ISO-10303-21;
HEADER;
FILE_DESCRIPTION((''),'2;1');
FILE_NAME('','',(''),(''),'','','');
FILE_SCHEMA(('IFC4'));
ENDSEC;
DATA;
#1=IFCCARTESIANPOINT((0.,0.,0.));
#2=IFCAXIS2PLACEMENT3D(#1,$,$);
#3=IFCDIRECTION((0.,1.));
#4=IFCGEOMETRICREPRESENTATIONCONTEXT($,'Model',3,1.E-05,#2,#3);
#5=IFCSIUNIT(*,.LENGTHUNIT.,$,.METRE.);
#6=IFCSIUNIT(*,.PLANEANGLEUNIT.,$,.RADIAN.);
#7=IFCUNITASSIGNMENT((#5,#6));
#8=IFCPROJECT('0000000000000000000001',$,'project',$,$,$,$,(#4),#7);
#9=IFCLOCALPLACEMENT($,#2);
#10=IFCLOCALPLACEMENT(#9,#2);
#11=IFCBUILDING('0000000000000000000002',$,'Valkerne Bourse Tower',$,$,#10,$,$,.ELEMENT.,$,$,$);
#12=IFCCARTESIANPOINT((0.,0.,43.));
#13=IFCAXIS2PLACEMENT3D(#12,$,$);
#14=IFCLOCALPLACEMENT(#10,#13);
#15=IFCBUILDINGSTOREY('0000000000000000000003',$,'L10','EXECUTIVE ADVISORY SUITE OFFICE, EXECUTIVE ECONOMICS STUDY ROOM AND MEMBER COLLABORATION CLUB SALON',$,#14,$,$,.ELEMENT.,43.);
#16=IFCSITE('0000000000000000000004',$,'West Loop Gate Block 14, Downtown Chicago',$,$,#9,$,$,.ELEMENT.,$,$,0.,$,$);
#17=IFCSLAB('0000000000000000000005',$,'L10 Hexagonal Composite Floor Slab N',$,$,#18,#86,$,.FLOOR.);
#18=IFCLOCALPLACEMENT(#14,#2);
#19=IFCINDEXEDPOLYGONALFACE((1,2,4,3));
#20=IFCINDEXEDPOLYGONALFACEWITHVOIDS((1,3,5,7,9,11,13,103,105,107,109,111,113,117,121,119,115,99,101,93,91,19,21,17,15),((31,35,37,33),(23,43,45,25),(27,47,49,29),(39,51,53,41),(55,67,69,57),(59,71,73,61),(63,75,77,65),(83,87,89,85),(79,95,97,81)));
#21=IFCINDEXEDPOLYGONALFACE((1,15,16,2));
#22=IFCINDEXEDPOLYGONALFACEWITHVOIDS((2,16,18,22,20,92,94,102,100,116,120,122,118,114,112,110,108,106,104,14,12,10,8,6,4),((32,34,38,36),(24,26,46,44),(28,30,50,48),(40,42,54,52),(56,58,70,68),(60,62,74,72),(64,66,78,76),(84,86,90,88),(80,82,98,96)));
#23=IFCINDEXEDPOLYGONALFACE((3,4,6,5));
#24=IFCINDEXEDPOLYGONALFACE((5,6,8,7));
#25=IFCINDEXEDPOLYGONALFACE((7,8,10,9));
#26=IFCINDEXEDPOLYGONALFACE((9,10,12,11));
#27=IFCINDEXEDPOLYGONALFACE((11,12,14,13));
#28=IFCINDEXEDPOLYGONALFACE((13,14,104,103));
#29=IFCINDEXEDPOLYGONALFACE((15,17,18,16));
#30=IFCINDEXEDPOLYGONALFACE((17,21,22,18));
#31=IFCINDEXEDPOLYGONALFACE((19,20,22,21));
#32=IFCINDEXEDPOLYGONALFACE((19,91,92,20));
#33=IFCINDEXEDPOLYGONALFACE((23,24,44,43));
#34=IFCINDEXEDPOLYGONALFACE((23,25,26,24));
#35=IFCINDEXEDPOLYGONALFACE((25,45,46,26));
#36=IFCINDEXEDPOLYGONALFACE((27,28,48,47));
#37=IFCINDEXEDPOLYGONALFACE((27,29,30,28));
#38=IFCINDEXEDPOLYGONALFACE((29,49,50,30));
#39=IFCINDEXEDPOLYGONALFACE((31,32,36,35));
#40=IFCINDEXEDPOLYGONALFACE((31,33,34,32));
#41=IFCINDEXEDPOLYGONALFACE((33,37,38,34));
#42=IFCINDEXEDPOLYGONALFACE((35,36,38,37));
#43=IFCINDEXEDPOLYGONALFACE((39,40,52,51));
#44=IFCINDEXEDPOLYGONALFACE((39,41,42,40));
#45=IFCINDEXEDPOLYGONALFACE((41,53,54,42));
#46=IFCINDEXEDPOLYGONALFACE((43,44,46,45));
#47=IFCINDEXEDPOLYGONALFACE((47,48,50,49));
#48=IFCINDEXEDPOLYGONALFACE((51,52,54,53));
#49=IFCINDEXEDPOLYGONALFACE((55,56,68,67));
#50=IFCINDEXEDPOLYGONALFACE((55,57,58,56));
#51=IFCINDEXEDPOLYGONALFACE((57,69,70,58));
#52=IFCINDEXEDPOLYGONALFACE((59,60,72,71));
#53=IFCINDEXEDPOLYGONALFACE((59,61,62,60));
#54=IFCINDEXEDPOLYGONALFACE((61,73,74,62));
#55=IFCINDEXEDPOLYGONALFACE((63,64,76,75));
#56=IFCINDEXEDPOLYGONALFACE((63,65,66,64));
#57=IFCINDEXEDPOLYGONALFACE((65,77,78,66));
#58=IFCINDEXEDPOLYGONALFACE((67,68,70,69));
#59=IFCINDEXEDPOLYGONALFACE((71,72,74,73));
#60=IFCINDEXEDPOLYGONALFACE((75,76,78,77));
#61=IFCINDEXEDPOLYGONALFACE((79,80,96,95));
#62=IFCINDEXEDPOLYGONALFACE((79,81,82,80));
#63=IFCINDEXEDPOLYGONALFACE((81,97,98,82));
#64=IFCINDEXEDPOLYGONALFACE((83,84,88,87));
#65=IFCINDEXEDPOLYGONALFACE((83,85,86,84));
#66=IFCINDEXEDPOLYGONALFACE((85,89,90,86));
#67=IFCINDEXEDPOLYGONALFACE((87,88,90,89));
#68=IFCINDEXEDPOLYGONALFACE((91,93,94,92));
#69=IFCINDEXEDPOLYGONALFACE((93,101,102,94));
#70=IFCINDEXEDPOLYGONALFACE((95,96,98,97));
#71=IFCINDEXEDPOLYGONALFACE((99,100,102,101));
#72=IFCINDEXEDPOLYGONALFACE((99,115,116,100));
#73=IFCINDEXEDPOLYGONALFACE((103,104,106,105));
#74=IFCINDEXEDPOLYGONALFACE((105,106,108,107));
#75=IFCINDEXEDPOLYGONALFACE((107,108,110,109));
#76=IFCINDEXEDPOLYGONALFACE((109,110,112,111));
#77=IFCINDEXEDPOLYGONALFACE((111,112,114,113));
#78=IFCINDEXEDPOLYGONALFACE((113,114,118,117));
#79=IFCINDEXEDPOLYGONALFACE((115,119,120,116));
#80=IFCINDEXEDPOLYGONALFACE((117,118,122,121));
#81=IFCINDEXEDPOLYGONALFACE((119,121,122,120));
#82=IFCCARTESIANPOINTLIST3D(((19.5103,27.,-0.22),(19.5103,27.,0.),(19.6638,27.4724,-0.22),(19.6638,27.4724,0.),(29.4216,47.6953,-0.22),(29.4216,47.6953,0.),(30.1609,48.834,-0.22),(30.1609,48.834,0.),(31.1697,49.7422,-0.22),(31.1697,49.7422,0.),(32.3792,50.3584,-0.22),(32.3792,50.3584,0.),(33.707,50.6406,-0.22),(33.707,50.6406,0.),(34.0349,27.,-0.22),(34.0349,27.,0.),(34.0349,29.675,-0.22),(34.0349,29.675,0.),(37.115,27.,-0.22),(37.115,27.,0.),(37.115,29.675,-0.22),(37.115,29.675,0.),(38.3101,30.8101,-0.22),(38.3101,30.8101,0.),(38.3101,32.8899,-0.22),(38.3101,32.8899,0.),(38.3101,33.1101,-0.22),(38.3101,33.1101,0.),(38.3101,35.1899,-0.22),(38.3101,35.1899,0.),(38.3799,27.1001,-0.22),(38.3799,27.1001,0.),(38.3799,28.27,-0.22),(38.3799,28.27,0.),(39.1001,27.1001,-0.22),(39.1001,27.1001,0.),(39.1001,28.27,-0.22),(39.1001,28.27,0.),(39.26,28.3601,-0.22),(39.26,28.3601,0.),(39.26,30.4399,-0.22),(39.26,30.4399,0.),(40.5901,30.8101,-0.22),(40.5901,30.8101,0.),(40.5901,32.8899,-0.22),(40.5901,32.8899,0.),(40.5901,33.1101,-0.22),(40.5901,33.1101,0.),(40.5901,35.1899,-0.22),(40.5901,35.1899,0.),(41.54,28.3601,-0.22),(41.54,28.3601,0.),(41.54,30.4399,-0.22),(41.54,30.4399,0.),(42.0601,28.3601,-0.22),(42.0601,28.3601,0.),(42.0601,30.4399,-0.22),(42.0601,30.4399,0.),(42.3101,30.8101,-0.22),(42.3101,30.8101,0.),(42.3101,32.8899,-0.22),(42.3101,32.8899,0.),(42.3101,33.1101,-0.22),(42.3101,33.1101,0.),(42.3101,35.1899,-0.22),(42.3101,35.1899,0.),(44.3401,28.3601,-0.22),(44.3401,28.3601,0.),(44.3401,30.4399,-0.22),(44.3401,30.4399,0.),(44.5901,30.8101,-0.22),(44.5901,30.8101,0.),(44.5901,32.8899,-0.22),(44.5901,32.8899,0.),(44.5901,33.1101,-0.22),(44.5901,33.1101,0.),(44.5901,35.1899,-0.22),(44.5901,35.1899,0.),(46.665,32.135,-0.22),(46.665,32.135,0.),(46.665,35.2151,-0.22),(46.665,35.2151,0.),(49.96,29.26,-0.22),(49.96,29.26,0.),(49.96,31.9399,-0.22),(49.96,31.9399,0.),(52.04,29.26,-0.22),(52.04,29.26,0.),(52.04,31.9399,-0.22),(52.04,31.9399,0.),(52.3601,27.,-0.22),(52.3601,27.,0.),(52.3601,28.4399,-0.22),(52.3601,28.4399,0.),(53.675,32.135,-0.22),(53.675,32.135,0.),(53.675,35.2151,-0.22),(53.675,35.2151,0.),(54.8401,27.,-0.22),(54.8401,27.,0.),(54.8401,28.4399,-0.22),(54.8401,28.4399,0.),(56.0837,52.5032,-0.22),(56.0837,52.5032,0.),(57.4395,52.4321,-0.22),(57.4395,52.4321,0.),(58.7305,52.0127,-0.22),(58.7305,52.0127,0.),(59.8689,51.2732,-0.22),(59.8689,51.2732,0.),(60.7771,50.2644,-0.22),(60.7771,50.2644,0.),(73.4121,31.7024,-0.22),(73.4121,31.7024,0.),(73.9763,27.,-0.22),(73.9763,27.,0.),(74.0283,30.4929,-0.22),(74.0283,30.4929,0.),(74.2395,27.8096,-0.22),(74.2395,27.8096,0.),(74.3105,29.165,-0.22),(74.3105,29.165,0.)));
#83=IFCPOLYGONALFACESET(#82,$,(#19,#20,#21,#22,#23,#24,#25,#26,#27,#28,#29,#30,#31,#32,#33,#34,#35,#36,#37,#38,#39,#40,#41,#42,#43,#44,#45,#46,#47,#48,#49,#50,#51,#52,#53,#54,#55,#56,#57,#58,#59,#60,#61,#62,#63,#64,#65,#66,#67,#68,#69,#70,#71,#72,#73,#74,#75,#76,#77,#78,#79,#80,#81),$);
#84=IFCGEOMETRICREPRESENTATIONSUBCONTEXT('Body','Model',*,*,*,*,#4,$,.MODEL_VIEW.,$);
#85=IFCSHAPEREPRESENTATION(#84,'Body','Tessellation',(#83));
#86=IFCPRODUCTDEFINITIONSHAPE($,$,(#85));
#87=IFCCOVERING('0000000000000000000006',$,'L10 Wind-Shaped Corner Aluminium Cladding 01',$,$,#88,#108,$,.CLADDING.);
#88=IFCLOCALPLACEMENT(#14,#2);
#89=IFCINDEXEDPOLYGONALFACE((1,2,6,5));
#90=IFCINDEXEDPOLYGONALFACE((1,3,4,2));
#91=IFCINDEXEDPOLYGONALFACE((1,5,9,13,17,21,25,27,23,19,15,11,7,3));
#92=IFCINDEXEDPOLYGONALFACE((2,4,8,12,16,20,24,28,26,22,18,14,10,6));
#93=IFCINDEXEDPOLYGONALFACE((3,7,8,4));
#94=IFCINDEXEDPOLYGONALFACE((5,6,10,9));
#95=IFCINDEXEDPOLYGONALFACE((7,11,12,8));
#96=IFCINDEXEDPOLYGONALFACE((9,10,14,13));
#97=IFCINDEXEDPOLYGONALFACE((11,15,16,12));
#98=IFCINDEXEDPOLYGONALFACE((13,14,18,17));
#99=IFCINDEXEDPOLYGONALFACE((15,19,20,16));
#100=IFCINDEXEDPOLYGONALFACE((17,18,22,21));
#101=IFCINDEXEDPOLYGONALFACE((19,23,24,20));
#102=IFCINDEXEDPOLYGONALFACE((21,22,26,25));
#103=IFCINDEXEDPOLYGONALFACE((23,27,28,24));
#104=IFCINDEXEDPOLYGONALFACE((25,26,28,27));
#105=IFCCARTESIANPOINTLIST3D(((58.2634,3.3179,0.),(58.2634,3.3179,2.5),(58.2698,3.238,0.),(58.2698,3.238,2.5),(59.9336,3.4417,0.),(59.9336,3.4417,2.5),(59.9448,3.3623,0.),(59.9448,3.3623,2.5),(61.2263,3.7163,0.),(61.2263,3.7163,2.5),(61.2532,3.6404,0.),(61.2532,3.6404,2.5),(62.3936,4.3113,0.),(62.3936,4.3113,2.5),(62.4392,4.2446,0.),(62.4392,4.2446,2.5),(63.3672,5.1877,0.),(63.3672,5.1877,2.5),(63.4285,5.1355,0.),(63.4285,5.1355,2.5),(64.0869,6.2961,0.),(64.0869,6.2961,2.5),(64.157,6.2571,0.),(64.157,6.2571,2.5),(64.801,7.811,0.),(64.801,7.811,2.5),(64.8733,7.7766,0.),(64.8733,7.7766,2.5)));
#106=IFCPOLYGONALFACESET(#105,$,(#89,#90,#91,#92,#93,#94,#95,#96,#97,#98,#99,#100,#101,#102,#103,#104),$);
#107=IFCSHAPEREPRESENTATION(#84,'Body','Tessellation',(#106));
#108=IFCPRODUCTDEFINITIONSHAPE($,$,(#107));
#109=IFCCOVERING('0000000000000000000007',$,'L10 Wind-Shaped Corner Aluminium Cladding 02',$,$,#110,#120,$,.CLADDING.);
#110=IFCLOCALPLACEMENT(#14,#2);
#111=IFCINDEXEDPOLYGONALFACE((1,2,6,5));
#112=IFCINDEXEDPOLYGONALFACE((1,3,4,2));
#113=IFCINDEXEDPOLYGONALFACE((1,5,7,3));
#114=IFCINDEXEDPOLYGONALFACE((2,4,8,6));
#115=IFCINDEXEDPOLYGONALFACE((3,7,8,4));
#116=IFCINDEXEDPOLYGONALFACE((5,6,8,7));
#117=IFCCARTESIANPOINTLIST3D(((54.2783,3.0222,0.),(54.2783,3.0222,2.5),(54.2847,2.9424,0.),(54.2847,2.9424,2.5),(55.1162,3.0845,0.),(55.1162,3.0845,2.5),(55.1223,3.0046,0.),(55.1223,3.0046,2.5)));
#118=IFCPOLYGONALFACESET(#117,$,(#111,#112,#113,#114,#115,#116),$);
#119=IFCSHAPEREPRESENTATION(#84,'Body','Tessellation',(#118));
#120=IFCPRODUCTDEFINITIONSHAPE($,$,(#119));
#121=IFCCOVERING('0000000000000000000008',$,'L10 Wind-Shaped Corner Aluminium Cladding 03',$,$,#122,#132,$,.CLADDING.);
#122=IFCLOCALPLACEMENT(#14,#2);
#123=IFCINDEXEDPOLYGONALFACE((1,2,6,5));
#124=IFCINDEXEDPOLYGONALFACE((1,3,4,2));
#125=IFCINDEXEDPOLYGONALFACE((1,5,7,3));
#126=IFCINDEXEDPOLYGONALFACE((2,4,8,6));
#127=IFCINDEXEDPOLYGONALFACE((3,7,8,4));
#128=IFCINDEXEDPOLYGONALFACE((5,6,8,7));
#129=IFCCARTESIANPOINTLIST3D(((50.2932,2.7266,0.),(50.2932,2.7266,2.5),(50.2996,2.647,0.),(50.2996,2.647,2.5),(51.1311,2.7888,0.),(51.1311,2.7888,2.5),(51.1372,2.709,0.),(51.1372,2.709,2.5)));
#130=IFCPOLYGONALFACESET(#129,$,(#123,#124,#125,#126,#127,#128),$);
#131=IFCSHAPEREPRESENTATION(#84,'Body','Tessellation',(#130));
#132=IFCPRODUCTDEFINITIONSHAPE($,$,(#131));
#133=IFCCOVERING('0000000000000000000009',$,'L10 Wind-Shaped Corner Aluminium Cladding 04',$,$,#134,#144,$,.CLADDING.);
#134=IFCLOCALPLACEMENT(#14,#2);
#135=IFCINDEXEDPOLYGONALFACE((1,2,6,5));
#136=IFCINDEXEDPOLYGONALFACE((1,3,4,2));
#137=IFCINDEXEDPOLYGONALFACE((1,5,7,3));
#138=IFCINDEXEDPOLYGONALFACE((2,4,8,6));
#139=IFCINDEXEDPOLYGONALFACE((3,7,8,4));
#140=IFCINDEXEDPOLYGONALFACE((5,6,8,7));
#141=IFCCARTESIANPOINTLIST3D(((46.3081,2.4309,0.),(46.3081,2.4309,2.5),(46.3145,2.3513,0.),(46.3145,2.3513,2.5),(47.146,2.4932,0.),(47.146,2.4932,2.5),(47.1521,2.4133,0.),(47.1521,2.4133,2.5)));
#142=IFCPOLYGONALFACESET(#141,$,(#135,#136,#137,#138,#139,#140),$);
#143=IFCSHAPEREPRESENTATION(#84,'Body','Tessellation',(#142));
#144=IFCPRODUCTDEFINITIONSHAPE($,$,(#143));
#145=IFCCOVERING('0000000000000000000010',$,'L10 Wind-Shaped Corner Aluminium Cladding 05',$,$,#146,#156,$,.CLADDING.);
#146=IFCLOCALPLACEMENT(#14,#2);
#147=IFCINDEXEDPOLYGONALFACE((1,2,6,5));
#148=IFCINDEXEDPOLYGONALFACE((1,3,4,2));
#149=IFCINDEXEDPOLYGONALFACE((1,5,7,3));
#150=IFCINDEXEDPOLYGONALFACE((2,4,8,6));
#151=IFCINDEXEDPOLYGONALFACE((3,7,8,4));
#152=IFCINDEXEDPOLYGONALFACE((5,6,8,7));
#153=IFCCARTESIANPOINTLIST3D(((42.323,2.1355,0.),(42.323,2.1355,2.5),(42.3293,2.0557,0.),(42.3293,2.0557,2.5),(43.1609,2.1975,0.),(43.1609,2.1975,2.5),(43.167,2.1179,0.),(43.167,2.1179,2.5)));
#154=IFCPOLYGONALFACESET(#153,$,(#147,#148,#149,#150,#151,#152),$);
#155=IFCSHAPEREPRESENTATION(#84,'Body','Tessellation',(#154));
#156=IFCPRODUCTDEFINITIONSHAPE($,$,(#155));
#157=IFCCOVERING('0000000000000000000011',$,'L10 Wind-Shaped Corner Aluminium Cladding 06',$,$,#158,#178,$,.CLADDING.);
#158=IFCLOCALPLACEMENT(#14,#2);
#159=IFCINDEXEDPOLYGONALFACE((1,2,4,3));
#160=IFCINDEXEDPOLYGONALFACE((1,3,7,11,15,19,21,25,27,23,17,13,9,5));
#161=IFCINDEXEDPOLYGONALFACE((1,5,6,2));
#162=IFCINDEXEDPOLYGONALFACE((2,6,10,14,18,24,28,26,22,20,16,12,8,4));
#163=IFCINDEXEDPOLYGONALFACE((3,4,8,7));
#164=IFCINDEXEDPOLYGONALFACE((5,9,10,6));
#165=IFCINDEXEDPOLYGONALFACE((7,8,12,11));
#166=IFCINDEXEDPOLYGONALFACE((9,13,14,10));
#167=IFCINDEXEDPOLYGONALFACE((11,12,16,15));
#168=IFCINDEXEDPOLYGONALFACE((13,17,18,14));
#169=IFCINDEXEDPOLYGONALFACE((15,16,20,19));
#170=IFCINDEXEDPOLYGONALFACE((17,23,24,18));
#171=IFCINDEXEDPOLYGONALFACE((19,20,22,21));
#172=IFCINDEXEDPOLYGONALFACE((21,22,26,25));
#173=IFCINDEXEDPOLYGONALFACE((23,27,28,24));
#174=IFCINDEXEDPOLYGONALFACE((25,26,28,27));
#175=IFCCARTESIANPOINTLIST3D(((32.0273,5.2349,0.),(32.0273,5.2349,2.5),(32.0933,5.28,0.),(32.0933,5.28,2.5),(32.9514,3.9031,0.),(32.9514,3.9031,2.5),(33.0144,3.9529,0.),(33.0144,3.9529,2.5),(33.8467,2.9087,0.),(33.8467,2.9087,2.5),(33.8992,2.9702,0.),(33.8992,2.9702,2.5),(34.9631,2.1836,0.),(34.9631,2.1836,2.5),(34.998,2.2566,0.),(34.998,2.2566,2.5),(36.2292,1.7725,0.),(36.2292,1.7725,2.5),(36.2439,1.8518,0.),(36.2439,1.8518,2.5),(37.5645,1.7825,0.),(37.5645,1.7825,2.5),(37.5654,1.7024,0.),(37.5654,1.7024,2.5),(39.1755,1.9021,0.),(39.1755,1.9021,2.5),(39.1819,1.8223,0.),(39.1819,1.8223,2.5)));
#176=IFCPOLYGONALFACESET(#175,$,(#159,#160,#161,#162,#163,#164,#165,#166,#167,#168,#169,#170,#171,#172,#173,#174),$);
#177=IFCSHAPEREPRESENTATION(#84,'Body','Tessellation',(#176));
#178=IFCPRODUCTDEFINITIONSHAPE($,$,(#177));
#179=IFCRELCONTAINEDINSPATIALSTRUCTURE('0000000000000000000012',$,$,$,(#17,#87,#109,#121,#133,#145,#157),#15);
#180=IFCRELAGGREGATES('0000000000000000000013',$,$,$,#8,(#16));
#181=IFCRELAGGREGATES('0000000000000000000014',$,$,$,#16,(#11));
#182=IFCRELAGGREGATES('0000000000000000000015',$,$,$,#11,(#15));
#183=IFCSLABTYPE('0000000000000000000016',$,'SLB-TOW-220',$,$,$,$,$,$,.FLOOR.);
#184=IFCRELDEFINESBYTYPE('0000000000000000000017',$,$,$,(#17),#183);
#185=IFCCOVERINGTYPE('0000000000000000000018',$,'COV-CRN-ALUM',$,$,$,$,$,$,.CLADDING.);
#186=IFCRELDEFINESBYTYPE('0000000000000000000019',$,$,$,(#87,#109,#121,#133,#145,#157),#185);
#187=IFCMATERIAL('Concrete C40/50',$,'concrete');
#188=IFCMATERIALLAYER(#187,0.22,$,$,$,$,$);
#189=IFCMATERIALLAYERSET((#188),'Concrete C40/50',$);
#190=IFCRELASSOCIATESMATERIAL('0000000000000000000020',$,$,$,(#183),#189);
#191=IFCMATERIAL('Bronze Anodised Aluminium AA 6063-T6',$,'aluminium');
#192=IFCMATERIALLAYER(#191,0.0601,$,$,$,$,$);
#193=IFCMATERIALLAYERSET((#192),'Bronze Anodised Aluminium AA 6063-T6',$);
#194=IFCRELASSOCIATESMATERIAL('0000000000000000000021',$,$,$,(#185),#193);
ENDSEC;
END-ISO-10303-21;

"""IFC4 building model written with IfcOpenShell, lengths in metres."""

from ifc_helpers import new_model, si_unit, direction, frame, origin, place, context, subcontext, project, spatial, polyline, outline, extrude, material, layer, layer_set, type_object, element, save


model = new_model("IFC4")

# Units and contexts
model_context = context("Model", 3, precision=1e-05, world=origin(), true_north=direction((0.0, 1.0)))
body_context = subcontext(model_context, "Body", "Model", "MODEL_VIEW")
ifc_project = project(units=[si_unit("LENGTHUNIT", "METRE"), si_unit("PLANEANGLEUNIT", "RADIAN")], contexts=[model_context])

# Site, building, storey
site_placement = place(None, origin())
site = spatial("IfcSite", under=ifc_project, at=site_placement, Name="West Loop Gate Block 14, Downtown Chicago", CompositionType="ELEMENT", RefElevation=0.0)
building_placement = place(site_placement, origin())
building = spatial("IfcBuilding", under=site, at=building_placement, Name="Valkerne Bourse Tower", CompositionType="ELEMENT")
storey_placement = place(building_placement, frame((0.0, 0.0, 43.0)))
storey = spatial("IfcBuildingStorey", under=building, at=storey_placement, Name="L10", Description="EXECUTIVE ADVISORY SUITE OFFICE, EXECUTIVE ECONOMICS STUDY ROOM AND MEMBER COLLABORATION CLUB SALON", CompositionType="ELEMENT", Elevation=43.0)

# Slab
ifc_material_1 = material(Name="Concrete C40/50", Category="concrete")
ifc_layer_1 = layer(ifc_material_1, 0.22)
ifc_layer_set_1 = layer_set([ifc_layer_1], Name="Concrete C40/50")
slab_type_1 = type_object("IfcSlabType", Name="SLB-TOW-220", PredefinedType="FLOOR", material=ifc_layer_set_1)
slab_1_placement = place(storey_placement, frame((0.0, 0.0, -0.22)))
element("IfcSlab", 1, at=slab_1_placement, inside=storey, type_object=slab_type_1, Name="L10 Hexagonal Composite Floor Slab N", PredefinedType="FLOOR", context=body_context, shape_type="SweptSolid", body=[
    extrude(outline(polyline([(19.6638, 27.4724), (29.4216, 47.6953), (30.1609, 48.834), (31.1697, 49.7422), (32.3792, 50.3584), (33.707, 50.6406), (56.0837, 52.5032), (57.4395, 52.4321), (58.7305, 52.0127), (59.8689, 51.2732), (60.7771, 50.2644), (73.4121, 31.7024), (74.0283, 30.4929), (74.3105, 29.165), (74.2395, 27.8096), (73.9763, 27.0), (54.8401, 27.0), (54.8401, 28.4399), (52.3601, 28.4399), (52.3601, 27.0), (37.115, 27.0), (37.115, 29.675), (34.0349, 29.675), (34.0349, 27.0), (19.5103, 27.0), (19.6638, 27.4724)]), holes=[polyline([(39.1001, 28.27), (38.3799, 28.27), (38.3799, 27.1001), (39.1001, 27.1001), (39.1001, 28.27)]), polyline([(41.54, 30.4399), (39.26, 30.4399), (39.26, 28.3601), (41.54, 28.3601), (41.54, 30.4399)]), polyline([(44.3401, 30.4399), (42.0601, 30.4399), (42.0601, 28.3601), (44.3401, 28.3601), (44.3401, 30.4399)]), polyline([(40.5901, 30.8101), (40.5901, 32.8899), (38.3101, 32.8899), (38.3101, 30.8101), (40.5901, 30.8101)]), polyline([(40.5901, 33.1101), (40.5901, 35.1899), (38.3101, 35.1899), (38.3101, 33.1101), (40.5901, 33.1101)]), polyline([(52.04, 31.9399), (49.96, 31.9399), (49.96, 29.26), (52.04, 29.26), (52.04, 31.9399)]), polyline([(44.5901, 32.8899), (42.3101, 32.8899), (42.3101, 30.8101), (44.5901, 30.8101), (44.5901, 32.8899)]), polyline([(53.675, 32.135), (53.675, 35.2151), (46.665, 35.2151), (46.665, 32.135), (53.675, 32.135)]), polyline([(44.5901, 33.1101), (44.5901, 35.1899), (42.3101, 35.1899), (42.3101, 33.1101), (44.5901, 33.1101)])]), origin(), (0.0, 0.0, 1.0), 0.22),
])

# Coverings
ifc_material_2 = material(Name="Bronze Anodised Aluminium AA 6063-T6", Category="aluminium")
ifc_layer_2 = layer(ifc_material_2, 0.0601)
ifc_layer_set_2 = layer_set([ifc_layer_2], Name="Bronze Anodised Aluminium AA 6063-T6")
covering_type = type_object("IfcCoveringType", Name="COV-CRN-ALUM", PredefinedType="CLADDING", material=ifc_layer_set_2)
covering_1_placement = place(storey_placement, origin())
element("IfcCovering", 2, at=covering_1_placement, inside=storey, type_object=covering_type, Name="L10 Wind-Shaped Corner Aluminium Cladding 01", PredefinedType="CLADDING", context=body_context, shape_type="SweptSolid", body=[
    extrude(outline(polyline([(63.4285, 5.1355), (62.4392, 4.2446), (61.2532, 3.6404), (59.9448, 3.3623), (58.2698, 3.238), (58.2634, 3.3179), (59.9336, 3.4417), (61.2263, 3.7163), (62.3936, 4.3113), (63.3672, 5.1877), (64.0869, 6.2961), (64.801, 7.811), (64.8733, 7.7766), (64.157, 6.2571), (63.4285, 5.1355)])), origin(), (0.0, 0.0, 1.0), 2.5),
])
covering_2_placement = place(storey_placement, origin())
element("IfcCovering", 3, at=covering_2_placement, inside=storey, type_object=covering_type, Name="L10 Wind-Shaped Corner Aluminium Cladding 02", PredefinedType="CLADDING", context=body_context, shape_type="SweptSolid", body=[
    extrude(outline(polyline([(54.2847, 2.9424), (54.2783, 3.0222), (55.1162, 3.0845), (55.1223, 3.0046), (54.2847, 2.9424)])), origin(), (0.0, 0.0, 1.0), 2.5),
])
covering_3_placement = place(storey_placement, origin())
element("IfcCovering", 4, at=covering_3_placement, inside=storey, type_object=covering_type, Name="L10 Wind-Shaped Corner Aluminium Cladding 03", PredefinedType="CLADDING", context=body_context, shape_type="SweptSolid", body=[
    extrude(outline(polyline([(50.2996, 2.647), (50.2932, 2.7266), (51.1311, 2.7888), (51.1372, 2.709), (50.2996, 2.647)])), origin(), (0.0, 0.0, 1.0), 2.5),
])
covering_4_placement = place(storey_placement, origin())
element("IfcCovering", 5, at=covering_4_placement, inside=storey, type_object=covering_type, Name="L10 Wind-Shaped Corner Aluminium Cladding 04", PredefinedType="CLADDING", context=body_context, shape_type="SweptSolid", body=[
    extrude(outline(polyline([(46.3145, 2.3513), (46.3081, 2.4309), (47.146, 2.4932), (47.1521, 2.4133), (46.3145, 2.3513)])), origin(), (0.0, 0.0, 1.0), 2.5),
])
covering_5_placement = place(storey_placement, origin())
element("IfcCovering", 6, at=covering_5_placement, inside=storey, type_object=covering_type, Name="L10 Wind-Shaped Corner Aluminium Cladding 05", PredefinedType="CLADDING", context=body_context, shape_type="SweptSolid", body=[
    extrude(outline(polyline([(42.3293, 2.0557), (42.323, 2.1355), (43.1609, 2.1975), (43.167, 2.1179), (42.3293, 2.0557)])), origin(), (0.0, 0.0, 1.0), 2.5),
])
covering_6_placement = place(storey_placement, origin())
element("IfcCovering", 7, at=covering_6_placement, inside=storey, type_object=covering_type, Name="L10 Wind-Shaped Corner Aluminium Cladding 06", PredefinedType="CLADDING", context=body_context, shape_type="SweptSolid", body=[
    extrude(outline(polyline([(37.5654, 1.7024), (36.2292, 1.7725), (34.9631, 2.1836), (33.8467, 2.9087), (32.9514, 3.9031), (32.0273, 5.2349), (32.0933, 5.28), (33.0144, 3.9529), (33.8992, 2.9702), (34.998, 2.2566), (36.2439, 1.8518), (37.5645, 1.7825), (39.1755, 1.9021), (39.1819, 1.8223), (37.5654, 1.7024)])), origin(), (0.0, 0.0, 1.0), 2.5),
])

save(model, "model.ifc")
